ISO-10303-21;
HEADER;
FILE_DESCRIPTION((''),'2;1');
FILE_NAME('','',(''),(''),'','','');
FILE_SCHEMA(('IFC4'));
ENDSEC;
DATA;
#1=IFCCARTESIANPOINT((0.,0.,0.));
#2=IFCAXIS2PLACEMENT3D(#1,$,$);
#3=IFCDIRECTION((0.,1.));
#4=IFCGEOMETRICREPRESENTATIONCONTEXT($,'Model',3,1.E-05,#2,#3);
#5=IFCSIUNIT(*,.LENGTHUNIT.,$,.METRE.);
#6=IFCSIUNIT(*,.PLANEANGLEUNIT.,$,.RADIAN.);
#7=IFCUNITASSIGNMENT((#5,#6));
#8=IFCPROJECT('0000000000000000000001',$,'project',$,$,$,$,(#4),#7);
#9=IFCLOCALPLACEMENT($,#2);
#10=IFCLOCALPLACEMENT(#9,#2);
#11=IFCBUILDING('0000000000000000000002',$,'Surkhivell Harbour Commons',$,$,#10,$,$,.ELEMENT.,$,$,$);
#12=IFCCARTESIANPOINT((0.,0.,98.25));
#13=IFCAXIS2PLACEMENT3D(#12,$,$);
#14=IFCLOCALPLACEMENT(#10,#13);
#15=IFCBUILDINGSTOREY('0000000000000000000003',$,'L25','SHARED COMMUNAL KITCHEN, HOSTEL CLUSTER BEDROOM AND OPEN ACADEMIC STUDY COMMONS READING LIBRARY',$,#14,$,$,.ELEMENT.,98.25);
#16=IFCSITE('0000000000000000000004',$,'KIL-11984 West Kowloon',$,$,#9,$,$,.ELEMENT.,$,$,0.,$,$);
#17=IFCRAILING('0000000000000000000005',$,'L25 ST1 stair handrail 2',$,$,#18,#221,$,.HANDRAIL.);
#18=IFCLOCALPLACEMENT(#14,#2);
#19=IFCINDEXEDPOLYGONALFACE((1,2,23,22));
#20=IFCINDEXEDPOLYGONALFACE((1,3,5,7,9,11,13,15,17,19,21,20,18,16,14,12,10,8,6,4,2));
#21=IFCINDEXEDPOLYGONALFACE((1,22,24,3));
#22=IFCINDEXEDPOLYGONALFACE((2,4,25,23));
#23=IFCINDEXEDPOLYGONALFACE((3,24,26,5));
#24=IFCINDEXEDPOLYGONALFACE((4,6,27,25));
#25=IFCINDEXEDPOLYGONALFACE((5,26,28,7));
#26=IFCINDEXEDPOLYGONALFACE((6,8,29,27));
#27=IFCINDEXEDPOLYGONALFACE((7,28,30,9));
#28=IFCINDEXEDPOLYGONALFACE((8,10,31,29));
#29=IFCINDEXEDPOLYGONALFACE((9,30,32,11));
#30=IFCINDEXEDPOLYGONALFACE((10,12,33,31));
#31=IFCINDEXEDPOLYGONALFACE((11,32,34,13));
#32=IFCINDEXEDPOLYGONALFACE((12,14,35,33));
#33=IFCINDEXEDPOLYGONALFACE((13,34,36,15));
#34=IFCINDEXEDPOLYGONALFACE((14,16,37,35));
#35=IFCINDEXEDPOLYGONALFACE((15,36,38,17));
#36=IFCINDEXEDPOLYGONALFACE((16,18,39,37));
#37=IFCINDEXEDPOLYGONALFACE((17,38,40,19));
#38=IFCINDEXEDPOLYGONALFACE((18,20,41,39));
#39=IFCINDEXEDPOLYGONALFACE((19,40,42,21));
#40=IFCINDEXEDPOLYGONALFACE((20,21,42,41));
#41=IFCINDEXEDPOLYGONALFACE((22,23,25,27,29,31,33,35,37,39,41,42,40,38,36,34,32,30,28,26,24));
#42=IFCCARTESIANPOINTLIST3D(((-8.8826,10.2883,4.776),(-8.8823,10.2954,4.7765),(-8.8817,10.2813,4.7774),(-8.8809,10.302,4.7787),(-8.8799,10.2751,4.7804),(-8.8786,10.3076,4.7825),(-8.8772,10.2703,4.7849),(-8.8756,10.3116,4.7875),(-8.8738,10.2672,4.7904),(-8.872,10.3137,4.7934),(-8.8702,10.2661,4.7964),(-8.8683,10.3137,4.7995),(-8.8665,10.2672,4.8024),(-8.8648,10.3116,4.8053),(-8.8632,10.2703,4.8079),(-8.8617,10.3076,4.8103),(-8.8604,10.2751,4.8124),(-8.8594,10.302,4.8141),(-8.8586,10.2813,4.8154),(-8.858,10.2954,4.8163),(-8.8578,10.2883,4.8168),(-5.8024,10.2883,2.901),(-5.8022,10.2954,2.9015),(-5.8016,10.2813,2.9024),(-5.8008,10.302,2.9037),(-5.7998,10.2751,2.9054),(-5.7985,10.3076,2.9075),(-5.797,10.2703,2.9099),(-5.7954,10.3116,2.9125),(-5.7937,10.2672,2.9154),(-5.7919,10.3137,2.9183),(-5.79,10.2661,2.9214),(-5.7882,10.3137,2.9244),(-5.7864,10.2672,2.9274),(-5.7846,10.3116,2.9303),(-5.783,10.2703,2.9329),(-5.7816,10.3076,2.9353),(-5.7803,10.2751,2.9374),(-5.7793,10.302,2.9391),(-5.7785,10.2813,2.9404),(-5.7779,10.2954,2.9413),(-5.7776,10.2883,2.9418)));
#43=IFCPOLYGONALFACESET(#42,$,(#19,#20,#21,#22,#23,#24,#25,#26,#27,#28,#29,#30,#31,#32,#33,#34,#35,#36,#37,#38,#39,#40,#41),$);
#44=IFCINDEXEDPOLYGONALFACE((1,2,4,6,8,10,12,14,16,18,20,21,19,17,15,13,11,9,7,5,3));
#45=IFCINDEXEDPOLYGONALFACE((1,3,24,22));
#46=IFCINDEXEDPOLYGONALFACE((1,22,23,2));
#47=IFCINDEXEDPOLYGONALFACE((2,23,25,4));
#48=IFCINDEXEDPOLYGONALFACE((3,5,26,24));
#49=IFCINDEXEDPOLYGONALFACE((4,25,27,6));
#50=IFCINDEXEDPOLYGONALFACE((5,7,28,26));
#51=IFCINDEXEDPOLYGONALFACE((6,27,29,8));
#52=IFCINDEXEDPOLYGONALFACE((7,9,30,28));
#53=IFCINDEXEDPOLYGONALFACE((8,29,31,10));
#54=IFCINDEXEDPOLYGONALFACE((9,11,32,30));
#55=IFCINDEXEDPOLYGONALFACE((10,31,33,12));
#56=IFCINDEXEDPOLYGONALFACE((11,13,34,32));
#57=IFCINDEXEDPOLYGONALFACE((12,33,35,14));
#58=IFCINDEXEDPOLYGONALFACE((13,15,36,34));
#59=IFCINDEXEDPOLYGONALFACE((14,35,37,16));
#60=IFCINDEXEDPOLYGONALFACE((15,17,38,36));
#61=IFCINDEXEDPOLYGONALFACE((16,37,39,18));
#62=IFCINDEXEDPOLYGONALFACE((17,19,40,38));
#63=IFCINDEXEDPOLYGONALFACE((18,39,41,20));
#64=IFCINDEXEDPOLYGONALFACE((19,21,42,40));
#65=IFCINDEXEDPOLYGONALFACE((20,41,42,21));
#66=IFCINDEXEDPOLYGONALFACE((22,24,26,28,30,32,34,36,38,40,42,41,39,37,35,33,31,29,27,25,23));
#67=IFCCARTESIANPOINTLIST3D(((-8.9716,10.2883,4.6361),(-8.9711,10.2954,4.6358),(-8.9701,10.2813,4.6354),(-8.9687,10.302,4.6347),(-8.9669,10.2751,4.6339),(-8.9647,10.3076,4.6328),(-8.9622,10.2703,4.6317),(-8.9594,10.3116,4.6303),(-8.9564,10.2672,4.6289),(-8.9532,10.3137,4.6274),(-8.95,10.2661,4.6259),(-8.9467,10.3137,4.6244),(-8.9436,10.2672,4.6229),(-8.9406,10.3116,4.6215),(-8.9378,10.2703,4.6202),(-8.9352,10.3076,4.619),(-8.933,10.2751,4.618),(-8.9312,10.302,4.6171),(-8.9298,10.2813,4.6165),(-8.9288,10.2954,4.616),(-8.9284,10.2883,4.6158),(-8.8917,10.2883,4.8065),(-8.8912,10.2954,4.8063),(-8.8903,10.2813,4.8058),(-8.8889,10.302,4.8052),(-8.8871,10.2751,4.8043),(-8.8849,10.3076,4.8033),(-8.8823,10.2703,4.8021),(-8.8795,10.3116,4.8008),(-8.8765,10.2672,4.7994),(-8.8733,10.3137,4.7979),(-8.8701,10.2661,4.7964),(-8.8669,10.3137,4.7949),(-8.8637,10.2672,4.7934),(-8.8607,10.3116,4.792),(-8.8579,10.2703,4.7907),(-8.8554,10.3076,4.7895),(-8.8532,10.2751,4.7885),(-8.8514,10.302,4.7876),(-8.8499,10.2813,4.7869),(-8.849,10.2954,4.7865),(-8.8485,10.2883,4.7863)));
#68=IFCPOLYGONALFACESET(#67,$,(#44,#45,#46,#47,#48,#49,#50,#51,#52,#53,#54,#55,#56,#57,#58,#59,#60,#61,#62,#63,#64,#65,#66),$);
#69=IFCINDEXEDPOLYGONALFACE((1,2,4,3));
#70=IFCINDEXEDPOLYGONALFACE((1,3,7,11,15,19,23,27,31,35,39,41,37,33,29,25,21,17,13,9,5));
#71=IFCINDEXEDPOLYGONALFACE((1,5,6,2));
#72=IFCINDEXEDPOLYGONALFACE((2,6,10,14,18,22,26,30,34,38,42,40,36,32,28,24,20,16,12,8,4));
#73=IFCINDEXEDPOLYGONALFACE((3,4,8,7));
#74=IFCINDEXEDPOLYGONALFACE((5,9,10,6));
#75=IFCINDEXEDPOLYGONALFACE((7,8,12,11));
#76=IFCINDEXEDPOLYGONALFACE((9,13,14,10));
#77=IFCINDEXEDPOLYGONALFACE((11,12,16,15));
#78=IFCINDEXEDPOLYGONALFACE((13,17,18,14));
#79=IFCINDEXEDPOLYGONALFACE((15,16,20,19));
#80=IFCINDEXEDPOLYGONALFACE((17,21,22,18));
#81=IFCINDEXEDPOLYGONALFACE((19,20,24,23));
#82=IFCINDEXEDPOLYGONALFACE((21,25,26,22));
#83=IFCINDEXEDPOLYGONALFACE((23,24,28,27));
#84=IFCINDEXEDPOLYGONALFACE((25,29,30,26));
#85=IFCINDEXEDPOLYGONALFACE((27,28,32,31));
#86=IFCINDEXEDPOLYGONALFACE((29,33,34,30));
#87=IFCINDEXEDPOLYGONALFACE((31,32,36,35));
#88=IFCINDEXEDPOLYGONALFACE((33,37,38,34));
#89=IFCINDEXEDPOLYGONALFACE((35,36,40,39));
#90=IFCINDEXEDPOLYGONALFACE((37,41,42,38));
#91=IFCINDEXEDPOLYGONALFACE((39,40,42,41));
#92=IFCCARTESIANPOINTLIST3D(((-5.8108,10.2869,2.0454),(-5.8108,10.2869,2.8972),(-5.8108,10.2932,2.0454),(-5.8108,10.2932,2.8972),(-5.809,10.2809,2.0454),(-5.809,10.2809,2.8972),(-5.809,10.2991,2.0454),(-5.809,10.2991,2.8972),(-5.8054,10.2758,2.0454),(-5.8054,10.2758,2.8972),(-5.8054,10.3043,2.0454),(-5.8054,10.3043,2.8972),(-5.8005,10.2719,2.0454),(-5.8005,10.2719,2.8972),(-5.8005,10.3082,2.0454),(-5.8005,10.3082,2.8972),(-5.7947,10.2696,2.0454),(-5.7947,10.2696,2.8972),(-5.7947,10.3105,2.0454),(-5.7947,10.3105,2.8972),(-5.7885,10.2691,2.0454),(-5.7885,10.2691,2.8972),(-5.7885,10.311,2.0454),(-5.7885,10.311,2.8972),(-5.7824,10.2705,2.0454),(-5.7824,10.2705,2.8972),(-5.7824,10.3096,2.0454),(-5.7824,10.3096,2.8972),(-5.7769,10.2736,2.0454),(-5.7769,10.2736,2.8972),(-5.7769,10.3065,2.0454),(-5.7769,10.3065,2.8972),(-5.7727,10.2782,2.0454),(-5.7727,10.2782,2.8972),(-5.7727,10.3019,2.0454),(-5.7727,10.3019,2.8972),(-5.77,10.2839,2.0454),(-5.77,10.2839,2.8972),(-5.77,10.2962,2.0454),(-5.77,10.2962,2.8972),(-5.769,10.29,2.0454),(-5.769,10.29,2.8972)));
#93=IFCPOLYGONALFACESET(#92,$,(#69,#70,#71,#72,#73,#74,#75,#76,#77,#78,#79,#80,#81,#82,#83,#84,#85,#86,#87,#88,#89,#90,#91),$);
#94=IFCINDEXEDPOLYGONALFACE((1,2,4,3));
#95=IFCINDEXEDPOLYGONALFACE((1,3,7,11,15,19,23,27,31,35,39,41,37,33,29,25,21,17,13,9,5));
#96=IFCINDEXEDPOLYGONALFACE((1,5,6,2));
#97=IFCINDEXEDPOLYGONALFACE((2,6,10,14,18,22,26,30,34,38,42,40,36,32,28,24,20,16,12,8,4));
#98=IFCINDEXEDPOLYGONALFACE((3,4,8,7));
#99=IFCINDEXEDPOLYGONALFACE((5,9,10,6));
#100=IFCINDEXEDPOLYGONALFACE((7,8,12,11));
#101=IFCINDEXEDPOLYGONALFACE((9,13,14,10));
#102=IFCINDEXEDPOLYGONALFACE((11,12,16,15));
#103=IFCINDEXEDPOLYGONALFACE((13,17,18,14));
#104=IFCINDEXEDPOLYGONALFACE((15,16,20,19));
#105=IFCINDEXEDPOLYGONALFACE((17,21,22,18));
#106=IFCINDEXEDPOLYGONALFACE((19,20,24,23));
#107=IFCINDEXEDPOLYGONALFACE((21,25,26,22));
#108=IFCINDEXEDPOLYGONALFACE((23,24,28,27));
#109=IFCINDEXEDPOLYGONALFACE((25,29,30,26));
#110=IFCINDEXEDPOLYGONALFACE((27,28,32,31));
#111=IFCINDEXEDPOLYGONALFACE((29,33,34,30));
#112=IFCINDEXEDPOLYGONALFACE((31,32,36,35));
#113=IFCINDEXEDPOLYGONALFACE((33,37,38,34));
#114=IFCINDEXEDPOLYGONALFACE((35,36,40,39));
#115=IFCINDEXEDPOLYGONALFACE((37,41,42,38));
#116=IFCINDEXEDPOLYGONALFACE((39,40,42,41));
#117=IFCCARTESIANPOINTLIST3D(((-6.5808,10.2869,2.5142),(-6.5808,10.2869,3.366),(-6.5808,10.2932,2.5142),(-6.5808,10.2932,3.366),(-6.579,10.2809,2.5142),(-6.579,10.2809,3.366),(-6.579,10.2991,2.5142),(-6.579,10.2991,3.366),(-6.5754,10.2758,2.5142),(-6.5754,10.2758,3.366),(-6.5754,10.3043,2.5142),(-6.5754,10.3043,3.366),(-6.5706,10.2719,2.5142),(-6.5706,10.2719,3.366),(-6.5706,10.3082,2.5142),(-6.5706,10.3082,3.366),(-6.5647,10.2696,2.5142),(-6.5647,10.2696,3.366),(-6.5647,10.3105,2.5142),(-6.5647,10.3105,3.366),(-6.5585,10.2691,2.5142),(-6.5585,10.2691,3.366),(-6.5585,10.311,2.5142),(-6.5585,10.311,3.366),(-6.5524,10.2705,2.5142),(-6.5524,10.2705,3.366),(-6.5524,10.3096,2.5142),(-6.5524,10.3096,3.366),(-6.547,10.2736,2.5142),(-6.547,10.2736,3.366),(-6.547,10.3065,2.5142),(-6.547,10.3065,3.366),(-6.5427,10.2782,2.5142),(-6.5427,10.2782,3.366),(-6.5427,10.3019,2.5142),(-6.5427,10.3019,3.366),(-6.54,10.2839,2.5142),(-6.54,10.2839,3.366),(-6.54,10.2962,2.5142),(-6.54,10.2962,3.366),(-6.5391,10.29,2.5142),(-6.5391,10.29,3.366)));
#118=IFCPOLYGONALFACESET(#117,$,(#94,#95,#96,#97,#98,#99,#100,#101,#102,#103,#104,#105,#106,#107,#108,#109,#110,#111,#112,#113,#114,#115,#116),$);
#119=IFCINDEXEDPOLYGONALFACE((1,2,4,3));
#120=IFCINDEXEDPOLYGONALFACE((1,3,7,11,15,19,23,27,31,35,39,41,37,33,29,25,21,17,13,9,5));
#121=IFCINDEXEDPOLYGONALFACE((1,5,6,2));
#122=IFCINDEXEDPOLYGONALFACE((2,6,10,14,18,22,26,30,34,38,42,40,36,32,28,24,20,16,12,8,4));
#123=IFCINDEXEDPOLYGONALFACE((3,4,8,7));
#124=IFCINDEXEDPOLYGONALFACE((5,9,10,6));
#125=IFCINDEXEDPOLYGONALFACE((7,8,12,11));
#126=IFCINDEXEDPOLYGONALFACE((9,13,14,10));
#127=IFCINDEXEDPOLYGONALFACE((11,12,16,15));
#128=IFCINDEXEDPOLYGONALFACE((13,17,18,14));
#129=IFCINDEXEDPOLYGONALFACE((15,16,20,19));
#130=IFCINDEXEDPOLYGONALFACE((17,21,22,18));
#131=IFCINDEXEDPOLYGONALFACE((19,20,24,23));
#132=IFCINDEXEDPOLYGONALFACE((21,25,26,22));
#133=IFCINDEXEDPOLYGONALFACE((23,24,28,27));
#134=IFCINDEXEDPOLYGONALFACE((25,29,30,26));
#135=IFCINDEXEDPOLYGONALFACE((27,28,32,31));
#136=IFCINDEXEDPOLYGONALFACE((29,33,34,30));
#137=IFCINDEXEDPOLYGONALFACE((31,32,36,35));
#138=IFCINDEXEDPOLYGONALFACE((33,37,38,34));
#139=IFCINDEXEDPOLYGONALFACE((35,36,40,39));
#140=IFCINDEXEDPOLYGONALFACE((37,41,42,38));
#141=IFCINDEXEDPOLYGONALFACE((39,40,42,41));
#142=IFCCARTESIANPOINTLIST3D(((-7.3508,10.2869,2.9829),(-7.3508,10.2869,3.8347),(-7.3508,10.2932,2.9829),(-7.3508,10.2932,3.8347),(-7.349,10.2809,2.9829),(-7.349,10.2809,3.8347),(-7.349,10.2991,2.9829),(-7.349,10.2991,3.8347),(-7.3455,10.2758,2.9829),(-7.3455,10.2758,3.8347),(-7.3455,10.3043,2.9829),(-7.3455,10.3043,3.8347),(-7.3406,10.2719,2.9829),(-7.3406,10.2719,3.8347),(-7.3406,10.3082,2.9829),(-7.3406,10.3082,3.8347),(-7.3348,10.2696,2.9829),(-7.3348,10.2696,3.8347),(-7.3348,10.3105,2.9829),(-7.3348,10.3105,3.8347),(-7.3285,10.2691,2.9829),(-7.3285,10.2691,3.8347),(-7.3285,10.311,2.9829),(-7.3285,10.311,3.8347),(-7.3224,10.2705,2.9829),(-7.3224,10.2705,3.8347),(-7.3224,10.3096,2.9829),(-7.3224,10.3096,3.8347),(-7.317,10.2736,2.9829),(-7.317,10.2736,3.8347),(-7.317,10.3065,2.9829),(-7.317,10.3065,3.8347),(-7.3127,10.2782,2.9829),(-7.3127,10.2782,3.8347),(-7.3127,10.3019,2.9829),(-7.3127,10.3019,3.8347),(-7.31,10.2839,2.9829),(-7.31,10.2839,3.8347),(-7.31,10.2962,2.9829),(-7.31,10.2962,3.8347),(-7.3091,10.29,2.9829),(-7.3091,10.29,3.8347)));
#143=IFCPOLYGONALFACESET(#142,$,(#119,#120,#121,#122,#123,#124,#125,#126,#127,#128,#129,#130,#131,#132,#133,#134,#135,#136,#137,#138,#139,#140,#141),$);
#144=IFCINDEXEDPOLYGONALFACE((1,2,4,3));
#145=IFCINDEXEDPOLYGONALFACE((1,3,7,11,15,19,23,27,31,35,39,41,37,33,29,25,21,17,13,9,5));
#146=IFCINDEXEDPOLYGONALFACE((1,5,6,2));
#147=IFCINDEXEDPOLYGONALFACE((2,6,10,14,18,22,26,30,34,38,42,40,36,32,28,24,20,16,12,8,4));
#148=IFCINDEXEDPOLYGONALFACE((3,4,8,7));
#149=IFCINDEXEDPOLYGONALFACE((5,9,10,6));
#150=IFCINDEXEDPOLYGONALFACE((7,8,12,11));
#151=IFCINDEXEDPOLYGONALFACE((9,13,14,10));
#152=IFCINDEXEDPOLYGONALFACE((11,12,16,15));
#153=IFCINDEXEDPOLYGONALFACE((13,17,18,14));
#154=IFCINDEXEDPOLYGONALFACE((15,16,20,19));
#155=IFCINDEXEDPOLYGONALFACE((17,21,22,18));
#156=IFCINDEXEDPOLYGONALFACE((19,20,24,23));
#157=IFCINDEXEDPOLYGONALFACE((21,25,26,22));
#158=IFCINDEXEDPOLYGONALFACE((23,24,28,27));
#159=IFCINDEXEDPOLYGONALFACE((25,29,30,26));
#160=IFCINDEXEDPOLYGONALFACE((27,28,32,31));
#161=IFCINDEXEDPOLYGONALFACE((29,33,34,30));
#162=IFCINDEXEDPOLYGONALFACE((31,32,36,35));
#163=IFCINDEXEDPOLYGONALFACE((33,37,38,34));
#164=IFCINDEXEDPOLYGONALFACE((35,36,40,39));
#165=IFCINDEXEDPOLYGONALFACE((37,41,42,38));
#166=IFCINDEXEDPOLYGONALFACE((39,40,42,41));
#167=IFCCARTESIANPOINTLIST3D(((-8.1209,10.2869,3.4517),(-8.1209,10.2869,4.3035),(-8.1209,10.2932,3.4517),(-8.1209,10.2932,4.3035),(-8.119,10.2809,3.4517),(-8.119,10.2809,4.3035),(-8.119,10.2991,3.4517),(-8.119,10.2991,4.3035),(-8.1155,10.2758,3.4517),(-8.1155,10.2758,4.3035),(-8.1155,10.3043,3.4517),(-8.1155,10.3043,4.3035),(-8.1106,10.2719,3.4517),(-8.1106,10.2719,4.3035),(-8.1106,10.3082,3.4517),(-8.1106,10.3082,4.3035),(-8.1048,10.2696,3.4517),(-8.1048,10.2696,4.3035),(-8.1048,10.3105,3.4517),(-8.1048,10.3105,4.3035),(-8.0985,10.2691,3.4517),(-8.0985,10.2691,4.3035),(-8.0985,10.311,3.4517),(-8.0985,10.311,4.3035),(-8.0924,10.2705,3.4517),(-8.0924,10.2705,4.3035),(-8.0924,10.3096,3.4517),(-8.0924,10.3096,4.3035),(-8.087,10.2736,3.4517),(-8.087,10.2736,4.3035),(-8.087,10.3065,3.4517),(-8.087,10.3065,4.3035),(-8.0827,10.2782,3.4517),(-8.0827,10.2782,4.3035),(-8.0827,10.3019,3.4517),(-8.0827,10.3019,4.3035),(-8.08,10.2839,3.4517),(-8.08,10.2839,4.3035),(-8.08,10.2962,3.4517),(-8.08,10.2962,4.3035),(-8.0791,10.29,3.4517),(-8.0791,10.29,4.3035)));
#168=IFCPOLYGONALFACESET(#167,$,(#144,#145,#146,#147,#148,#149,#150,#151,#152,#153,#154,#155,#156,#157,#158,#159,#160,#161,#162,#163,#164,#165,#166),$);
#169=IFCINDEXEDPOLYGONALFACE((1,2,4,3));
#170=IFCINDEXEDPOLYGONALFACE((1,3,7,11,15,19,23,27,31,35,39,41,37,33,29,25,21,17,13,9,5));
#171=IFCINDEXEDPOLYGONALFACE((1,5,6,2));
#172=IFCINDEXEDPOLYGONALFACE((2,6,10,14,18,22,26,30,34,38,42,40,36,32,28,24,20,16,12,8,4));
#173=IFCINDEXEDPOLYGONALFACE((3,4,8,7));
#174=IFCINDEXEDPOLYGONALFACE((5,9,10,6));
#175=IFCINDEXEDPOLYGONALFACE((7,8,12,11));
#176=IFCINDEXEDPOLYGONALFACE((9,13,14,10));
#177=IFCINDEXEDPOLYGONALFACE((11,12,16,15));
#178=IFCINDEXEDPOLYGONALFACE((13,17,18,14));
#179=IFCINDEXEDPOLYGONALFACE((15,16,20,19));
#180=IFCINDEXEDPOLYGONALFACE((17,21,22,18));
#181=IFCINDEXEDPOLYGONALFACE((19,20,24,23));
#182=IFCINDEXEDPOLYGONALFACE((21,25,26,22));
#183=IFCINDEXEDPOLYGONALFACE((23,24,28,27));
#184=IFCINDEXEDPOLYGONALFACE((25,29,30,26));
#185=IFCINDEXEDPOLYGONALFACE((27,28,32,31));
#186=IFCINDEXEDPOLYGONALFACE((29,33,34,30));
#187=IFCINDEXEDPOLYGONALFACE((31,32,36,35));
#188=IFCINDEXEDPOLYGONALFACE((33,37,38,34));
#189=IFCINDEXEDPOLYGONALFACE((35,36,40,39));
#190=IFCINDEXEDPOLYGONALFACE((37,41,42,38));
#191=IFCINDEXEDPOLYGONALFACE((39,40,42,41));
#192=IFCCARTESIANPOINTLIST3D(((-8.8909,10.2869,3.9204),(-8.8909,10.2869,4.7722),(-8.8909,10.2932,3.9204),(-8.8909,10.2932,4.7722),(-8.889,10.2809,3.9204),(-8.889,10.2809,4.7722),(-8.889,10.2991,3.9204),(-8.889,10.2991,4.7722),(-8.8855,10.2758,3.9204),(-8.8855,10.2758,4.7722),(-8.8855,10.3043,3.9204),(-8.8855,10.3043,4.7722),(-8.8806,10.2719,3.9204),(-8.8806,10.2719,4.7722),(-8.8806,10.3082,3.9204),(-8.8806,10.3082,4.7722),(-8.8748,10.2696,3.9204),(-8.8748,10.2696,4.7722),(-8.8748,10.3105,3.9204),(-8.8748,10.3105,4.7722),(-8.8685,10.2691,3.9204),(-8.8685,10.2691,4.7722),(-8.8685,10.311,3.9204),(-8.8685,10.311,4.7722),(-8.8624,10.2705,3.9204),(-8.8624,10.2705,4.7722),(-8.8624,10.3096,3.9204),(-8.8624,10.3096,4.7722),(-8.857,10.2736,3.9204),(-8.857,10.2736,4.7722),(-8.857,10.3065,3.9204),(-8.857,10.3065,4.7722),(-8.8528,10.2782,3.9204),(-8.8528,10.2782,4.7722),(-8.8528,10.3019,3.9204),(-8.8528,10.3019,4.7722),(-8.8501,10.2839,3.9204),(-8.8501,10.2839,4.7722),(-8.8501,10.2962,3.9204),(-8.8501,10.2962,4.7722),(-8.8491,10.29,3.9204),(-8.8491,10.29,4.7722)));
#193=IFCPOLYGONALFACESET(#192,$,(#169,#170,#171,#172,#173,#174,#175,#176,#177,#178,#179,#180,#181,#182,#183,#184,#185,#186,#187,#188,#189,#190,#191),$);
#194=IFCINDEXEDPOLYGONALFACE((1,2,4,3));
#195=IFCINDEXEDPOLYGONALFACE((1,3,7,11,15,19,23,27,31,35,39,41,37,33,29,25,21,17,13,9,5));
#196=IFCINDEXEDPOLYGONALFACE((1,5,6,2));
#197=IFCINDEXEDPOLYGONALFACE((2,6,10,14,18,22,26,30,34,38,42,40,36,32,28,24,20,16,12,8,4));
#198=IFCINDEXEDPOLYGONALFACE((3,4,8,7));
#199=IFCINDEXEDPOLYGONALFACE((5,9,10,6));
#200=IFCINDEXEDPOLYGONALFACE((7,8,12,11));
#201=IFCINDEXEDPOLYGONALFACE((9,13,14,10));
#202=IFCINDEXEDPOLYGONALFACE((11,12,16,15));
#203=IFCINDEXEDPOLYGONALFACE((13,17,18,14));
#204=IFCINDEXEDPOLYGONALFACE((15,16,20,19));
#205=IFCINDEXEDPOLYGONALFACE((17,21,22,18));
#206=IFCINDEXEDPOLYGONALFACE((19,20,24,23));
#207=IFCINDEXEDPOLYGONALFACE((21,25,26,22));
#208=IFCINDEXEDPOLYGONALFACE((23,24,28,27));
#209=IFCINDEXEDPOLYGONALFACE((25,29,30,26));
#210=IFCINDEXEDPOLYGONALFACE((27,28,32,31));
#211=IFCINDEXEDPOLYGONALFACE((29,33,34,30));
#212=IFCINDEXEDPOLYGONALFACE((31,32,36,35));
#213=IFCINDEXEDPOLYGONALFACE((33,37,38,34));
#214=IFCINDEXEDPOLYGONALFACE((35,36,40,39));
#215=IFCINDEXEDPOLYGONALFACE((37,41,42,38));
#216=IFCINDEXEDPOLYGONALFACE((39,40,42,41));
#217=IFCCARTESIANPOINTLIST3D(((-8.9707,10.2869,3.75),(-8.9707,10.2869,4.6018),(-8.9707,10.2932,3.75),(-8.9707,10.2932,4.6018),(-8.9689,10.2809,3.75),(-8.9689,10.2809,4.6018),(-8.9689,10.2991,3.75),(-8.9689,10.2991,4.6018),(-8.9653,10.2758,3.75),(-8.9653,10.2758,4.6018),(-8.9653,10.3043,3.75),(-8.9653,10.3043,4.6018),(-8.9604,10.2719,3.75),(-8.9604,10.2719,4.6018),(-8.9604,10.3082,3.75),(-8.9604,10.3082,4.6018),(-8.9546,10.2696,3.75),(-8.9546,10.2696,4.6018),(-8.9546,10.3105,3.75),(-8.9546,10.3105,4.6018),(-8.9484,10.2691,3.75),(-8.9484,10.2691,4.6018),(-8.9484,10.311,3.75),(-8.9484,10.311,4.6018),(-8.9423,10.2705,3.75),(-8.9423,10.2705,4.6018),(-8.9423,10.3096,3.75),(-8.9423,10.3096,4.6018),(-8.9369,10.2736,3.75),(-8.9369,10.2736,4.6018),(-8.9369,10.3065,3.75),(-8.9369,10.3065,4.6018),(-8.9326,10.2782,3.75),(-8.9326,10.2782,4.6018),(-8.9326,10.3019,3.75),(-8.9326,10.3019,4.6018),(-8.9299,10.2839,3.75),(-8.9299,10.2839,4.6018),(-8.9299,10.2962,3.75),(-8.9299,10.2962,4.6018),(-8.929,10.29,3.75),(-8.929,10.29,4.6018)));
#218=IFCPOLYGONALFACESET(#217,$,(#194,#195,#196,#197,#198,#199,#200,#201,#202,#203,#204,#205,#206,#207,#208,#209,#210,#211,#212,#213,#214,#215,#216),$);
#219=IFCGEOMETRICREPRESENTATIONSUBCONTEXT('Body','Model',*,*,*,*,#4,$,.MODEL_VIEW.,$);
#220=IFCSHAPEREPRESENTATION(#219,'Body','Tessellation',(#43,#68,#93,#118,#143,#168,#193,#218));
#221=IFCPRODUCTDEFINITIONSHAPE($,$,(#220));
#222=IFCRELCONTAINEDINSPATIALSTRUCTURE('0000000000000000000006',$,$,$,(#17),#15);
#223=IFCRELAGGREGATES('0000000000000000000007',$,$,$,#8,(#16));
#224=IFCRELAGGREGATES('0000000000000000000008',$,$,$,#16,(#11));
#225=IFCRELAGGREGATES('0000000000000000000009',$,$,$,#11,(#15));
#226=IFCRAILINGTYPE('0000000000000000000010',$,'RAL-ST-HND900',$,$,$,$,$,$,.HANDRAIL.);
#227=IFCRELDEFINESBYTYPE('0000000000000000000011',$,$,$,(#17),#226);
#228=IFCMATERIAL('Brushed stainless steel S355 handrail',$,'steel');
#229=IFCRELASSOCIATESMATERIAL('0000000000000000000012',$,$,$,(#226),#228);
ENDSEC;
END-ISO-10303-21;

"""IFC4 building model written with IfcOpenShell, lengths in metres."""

from ifc_helpers import new_model, si_unit, direction, frame, origin, origin_2d, place, context, subcontext, project, spatial, circle, extrude, material, type_object, element, save


model = new_model("IFC4")

# Units and contexts
model_context = context("Model", 3, precision=1e-05, world=origin(), true_north=direction((0.0, 1.0)))
body_context = subcontext(model_context, "Body", "Model", "MODEL_VIEW")
ifc_project = project(units=[si_unit("LENGTHUNIT", "METRE"), si_unit("PLANEANGLEUNIT", "RADIAN")], contexts=[model_context])

# Site, building, storey
site_placement = place(None, origin())
site = spatial("IfcSite", under=ifc_project, at=site_placement, Name="KIL-11984 West Kowloon", CompositionType="ELEMENT", RefElevation=0.0)
building_placement = place(site_placement, origin())
building = spatial("IfcBuilding", under=site, at=building_placement, Name="Surkhivell Harbour Commons", CompositionType="ELEMENT")
storey_placement = place(building_placement, frame((0.0, 0.0, 98.25)))
storey = spatial("IfcBuildingStorey", under=building, at=storey_placement, Name="L25", Description="SHARED COMMUNAL KITCHEN, HOSTEL CLUSTER BEDROOM AND OPEN ACADEMIC STUDY COMMONS READING LIBRARY", CompositionType="ELEMENT", Elevation=98.25)

# Railing
ifc_material_1 = material(Name="Brushed stainless steel S355 handrail", Category="steel")
railing_type_1 = type_object("IfcRailingType", Name="RAL-ST-HND900", PredefinedType="HANDRAIL", material=ifc_material_1)
railing_1_placement = place(storey_placement, frame((-5.79, 10.29, 2.0454)))
element("IfcRailing", 1, at=railing_1_placement, inside=storey, type_object=railing_type_1, Name="L25 ST1 stair handrail 2", PredefinedType="HANDRAIL", context=body_context, shape_type="SweptSolid", body=[
    extrude(circle(Radius=0.0239, at=origin_2d()), frame((0.0, 0.0, 0.876), z_axis=(-0.854178, 0.0, 0.519981), x_axis=(0.0, -1.0, 0.0)), (0.0, 0.0, 1.0), 3.606),
    extrude(circle(Radius=0.0239, at=origin_2d()), frame((-3.0801, 0.0, 2.751), z_axis=(-0.424234, 0.0, -0.905552), x_axis=(0.0, -1.0, 0.0)), (0.0, 0.0, 1.0), 0.1882),
    extrude(circle(Radius=0.021, at=origin_2d()), origin(), (0.0, 0.0, 1.0), 0.8518),
    extrude(circle(Radius=0.021, at=origin_2d()), frame((-0.77, 0.0, 0.4688)), (0.0, 0.0, 1.0), 0.8518),
    extrude(circle(Radius=0.021, at=origin_2d()), frame((-1.54, 0.0, 0.9375)), (0.0, 0.0, 1.0), 0.8518),
    extrude(circle(Radius=0.021, at=origin_2d()), frame((-2.3101, 0.0, 1.4062)), (0.0, 0.0, 1.0), 0.8518),
    extrude(circle(Radius=0.021, at=origin_2d()), frame((-3.0801, 0.0, 1.875)), (0.0, 0.0, 1.0), 0.8518),
    extrude(circle(Radius=0.021, at=origin_2d()), frame((-3.1599, 0.0, 1.7046)), (0.0, 0.0, 1.0), 0.8518),
])

save(model, "model.ifc")
